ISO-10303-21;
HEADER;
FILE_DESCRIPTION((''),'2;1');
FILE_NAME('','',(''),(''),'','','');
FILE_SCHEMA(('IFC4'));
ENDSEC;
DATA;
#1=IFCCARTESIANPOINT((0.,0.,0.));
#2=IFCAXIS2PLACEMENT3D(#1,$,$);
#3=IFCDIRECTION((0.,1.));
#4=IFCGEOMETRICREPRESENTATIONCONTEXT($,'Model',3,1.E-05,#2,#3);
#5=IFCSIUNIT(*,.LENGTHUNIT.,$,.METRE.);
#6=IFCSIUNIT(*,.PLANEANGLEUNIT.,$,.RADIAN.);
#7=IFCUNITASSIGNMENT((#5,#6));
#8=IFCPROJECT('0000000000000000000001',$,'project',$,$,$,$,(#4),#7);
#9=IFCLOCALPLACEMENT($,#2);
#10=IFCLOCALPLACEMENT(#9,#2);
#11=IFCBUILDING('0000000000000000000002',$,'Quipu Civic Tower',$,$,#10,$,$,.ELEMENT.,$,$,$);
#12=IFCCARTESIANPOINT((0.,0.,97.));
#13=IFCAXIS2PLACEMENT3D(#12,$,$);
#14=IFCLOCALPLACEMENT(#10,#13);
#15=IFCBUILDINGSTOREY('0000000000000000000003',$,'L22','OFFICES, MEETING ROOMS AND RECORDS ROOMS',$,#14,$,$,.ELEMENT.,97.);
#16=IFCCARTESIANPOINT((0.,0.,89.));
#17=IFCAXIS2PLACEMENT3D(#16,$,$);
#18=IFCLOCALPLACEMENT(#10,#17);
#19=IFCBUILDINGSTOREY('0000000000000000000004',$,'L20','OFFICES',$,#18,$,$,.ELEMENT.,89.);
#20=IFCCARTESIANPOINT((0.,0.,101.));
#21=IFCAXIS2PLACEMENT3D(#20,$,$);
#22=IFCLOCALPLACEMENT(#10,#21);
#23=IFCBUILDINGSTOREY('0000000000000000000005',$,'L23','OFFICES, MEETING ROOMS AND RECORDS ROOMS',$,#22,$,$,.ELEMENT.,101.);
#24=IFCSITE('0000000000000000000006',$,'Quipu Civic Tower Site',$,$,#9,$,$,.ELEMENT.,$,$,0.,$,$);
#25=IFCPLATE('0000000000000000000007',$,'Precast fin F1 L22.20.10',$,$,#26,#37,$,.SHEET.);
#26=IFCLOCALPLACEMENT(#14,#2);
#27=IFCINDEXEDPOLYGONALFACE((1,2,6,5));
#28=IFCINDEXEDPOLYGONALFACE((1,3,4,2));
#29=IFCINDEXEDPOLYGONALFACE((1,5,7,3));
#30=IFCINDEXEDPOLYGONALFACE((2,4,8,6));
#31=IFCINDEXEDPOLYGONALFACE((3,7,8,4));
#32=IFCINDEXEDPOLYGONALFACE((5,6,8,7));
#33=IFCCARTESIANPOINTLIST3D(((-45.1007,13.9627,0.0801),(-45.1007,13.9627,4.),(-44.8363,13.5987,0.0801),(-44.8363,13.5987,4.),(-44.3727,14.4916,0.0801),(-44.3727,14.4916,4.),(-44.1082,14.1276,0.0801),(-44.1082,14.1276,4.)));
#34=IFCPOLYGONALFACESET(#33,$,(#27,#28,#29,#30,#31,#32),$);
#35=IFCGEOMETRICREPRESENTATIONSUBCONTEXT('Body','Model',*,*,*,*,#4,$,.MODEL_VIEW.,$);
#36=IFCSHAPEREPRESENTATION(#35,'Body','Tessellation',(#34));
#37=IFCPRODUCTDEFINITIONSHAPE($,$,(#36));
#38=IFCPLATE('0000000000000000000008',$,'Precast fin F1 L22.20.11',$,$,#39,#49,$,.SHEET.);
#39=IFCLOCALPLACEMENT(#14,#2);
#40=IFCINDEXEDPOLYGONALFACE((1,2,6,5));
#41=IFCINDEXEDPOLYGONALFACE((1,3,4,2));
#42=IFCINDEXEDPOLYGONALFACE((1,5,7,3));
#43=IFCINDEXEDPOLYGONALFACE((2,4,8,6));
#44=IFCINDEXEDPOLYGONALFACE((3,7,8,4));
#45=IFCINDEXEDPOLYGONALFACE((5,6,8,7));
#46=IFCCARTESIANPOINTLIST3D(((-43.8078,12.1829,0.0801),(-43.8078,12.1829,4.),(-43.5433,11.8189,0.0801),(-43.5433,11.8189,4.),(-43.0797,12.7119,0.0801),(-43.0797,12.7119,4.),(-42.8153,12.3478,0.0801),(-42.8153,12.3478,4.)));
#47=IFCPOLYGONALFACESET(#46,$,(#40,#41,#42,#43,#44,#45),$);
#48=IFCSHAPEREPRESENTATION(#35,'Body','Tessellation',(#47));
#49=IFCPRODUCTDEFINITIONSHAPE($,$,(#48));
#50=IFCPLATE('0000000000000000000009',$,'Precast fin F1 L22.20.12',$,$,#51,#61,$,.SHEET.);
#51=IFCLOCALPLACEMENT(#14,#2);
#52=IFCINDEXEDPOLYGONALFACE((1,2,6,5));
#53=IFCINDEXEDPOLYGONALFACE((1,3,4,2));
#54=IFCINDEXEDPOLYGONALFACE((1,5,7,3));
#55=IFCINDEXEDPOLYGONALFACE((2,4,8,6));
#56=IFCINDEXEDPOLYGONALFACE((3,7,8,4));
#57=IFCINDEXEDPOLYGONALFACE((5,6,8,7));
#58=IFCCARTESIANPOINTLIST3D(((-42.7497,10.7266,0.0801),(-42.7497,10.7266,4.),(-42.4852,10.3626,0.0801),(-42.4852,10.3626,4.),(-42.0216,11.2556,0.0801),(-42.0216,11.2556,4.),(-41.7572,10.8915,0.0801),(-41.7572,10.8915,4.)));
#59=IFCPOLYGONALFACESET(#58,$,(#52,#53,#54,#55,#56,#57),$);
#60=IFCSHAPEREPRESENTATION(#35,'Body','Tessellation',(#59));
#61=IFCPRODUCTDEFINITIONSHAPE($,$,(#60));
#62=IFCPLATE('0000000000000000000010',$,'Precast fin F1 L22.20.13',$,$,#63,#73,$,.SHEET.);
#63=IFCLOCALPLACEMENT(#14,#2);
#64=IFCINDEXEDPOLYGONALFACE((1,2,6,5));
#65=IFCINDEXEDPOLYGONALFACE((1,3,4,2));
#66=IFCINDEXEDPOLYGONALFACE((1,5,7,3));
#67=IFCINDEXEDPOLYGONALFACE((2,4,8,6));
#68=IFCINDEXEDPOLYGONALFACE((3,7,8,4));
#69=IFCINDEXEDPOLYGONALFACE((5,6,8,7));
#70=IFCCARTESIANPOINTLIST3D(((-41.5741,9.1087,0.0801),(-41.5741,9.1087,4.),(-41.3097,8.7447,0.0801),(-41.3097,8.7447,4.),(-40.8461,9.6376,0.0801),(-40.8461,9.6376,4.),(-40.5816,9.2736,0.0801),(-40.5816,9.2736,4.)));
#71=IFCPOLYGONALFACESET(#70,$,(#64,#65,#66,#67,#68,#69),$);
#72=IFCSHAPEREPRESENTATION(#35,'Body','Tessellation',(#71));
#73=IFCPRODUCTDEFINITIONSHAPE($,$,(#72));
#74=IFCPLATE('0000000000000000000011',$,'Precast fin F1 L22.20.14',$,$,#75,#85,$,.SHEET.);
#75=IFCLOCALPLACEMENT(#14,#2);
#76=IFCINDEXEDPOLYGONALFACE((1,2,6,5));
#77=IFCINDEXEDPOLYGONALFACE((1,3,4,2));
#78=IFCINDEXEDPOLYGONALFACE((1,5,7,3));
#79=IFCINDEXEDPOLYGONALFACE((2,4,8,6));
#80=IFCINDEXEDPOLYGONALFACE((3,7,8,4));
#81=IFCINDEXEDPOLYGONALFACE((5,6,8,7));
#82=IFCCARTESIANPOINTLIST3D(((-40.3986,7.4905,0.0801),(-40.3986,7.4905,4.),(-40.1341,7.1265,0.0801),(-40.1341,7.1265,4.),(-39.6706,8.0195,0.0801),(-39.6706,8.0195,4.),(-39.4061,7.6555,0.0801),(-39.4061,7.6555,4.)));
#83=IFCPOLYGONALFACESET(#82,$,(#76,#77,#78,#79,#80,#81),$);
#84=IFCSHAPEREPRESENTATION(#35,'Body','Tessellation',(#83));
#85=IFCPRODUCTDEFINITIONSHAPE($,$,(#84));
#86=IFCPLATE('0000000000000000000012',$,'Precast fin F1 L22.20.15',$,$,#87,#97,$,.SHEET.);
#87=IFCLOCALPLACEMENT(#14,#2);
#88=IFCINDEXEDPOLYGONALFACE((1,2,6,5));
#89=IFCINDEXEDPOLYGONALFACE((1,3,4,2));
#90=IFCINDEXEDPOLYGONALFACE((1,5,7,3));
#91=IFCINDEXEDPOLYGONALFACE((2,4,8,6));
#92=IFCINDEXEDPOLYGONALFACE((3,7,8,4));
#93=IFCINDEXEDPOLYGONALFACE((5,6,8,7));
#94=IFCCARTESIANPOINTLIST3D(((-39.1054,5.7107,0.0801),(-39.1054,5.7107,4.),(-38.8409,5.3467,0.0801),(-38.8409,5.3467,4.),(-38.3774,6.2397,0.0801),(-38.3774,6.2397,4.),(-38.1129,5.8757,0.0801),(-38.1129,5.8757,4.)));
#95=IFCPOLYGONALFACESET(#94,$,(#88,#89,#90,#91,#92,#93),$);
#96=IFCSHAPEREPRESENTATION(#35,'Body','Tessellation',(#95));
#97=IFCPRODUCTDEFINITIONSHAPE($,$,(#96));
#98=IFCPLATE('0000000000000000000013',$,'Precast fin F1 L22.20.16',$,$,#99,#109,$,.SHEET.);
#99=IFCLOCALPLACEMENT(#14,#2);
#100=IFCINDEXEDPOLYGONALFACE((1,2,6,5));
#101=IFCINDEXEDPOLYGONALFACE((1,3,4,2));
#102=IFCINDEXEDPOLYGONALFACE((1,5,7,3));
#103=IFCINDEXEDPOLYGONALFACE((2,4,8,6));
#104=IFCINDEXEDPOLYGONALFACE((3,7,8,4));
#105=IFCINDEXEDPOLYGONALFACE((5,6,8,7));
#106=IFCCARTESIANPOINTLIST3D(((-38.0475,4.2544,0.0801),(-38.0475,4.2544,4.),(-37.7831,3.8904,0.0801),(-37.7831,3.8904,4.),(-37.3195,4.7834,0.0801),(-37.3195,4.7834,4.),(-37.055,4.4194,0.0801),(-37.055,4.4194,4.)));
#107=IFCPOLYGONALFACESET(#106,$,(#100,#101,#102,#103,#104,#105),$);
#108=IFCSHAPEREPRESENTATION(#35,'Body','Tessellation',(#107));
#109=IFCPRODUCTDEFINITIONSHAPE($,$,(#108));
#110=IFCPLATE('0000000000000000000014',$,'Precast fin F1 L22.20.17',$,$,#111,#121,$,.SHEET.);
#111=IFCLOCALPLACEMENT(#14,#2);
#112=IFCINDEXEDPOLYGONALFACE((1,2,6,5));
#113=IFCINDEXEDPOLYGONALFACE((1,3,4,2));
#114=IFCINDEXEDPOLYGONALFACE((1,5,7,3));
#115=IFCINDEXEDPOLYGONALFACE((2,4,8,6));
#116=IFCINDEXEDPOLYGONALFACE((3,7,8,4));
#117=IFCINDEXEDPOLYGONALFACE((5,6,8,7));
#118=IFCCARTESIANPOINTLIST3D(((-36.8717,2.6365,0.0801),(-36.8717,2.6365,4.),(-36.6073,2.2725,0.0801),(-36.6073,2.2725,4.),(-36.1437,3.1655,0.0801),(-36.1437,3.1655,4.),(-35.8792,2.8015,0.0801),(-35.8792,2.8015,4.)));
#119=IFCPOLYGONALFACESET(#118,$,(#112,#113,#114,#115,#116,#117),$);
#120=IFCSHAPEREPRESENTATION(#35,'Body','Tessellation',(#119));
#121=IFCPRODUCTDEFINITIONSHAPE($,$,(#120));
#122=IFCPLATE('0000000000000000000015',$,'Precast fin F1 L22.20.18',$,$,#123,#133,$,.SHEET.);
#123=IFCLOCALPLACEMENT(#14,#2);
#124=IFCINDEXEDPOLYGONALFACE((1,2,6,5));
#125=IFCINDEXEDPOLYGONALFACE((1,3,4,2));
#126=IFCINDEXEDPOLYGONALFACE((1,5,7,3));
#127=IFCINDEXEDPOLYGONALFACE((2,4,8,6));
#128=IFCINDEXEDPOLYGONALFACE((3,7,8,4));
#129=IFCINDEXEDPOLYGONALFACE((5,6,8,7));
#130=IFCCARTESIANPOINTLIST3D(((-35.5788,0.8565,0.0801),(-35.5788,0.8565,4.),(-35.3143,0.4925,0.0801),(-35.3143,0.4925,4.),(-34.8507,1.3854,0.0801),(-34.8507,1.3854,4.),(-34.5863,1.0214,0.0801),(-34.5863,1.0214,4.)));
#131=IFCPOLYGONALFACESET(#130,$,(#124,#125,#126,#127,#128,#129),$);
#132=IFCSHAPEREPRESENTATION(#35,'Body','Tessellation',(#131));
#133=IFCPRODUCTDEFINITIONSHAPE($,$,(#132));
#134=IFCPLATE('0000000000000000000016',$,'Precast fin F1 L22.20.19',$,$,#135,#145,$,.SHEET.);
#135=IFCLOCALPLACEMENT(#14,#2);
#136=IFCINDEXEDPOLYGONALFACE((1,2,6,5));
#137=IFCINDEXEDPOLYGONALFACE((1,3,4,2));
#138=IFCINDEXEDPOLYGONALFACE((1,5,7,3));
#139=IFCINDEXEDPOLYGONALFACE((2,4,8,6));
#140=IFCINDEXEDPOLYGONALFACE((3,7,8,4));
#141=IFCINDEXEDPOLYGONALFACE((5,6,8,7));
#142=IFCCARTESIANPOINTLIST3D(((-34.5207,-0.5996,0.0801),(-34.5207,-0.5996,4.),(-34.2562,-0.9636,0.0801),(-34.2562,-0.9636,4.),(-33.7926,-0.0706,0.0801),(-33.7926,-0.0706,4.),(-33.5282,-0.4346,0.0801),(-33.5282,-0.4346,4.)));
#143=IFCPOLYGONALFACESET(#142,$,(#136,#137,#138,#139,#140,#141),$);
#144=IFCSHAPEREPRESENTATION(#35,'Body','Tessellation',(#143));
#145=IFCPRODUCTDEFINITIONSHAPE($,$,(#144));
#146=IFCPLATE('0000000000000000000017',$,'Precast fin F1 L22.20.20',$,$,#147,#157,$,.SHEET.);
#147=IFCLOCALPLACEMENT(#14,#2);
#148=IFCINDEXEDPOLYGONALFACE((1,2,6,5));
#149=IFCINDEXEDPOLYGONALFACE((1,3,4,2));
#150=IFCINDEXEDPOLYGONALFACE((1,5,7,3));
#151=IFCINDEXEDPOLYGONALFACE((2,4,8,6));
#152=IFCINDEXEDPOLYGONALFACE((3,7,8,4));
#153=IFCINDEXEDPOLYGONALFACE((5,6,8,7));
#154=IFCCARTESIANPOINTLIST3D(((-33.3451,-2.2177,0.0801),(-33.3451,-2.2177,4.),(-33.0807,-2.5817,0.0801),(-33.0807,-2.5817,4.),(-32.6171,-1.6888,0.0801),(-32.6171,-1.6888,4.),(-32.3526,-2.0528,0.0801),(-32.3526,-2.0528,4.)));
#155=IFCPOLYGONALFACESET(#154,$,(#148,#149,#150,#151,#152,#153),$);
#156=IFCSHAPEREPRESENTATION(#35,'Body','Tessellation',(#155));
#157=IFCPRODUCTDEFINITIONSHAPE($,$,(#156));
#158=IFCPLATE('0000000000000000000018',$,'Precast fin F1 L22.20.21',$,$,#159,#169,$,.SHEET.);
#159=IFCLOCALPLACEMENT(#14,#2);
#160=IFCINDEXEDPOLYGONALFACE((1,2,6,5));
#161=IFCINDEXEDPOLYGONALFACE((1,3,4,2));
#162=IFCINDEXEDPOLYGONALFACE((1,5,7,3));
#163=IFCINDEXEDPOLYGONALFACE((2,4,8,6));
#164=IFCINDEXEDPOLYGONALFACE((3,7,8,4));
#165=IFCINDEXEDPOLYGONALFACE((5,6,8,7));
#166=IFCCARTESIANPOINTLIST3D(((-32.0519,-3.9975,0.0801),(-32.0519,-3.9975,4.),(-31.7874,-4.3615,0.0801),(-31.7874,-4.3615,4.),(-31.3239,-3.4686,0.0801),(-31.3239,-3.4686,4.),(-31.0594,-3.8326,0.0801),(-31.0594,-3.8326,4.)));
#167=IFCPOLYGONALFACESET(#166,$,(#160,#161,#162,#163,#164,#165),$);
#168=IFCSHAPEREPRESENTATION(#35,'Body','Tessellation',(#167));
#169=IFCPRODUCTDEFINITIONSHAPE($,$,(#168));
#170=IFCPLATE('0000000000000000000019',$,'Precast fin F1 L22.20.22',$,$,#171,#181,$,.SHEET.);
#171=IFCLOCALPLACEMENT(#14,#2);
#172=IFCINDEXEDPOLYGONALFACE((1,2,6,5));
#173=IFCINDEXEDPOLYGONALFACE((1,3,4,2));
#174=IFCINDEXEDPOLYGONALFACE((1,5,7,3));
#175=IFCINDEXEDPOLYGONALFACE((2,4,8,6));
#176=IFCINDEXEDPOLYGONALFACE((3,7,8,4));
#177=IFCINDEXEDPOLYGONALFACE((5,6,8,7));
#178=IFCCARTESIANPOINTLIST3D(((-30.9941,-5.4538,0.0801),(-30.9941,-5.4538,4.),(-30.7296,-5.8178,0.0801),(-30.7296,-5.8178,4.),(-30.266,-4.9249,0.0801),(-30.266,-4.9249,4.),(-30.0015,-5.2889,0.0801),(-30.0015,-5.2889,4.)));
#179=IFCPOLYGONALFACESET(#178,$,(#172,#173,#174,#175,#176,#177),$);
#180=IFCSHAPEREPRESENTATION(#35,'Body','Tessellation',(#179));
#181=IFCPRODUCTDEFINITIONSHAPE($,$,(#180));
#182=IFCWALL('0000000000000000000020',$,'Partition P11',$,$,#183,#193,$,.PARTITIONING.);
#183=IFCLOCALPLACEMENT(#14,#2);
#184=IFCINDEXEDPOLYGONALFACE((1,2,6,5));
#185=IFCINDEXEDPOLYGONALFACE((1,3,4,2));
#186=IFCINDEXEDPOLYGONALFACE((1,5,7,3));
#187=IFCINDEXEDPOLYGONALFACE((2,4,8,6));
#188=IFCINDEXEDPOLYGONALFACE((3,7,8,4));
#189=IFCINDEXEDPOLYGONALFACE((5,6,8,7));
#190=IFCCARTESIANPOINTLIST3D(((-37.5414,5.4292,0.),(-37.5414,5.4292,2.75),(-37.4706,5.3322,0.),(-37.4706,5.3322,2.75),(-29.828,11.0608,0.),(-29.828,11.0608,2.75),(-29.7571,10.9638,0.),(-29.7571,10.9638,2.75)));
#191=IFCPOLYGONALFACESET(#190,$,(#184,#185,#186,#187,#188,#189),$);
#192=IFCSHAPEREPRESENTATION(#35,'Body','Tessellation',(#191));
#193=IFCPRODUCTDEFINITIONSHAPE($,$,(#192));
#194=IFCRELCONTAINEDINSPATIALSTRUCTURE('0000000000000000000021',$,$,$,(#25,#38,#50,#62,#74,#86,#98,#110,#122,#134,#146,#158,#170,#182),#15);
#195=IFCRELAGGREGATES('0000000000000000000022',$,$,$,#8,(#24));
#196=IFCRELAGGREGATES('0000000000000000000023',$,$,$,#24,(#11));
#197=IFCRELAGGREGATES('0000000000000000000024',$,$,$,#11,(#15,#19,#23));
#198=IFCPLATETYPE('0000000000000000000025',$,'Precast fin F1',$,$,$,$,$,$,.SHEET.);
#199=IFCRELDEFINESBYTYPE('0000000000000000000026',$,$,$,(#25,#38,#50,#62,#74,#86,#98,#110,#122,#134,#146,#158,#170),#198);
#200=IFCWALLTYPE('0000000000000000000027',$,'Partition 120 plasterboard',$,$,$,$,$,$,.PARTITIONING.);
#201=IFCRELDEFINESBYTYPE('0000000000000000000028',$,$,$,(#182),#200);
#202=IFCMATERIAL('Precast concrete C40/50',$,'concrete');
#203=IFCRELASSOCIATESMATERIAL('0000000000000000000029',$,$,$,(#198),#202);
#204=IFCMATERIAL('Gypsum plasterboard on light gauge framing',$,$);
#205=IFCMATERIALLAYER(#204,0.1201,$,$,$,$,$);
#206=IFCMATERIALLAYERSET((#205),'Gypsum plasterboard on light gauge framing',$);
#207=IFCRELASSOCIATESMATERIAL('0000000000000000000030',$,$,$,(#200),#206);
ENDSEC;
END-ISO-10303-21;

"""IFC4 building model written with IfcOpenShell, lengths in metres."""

from ifc_helpers import new_model, si_unit, direction, frame, frame_2d, origin, origin_2d, place, context, subcontext, project, spatial, rectangle, extrude, material, layer, layer_set, type_object, element, save


model = new_model("IFC4")

# Units and contexts
model_context = context("Model", 3, precision=1e-05, world=origin(), true_north=direction((0.0, 1.0)))
body_context = subcontext(model_context, "Body", "Model", "MODEL_VIEW")
ifc_project = project(units=[si_unit("LENGTHUNIT", "METRE"), si_unit("PLANEANGLEUNIT", "RADIAN")], contexts=[model_context])

# Site, building, storey
site_placement = place(None, origin())
site = spatial("IfcSite", under=ifc_project, at=site_placement, Name="Quipu Civic Tower Site", CompositionType="ELEMENT", RefElevation=0.0)
building_placement = place(site_placement, origin())
building = spatial("IfcBuilding", under=site, at=building_placement, Name="Quipu Civic Tower", CompositionType="ELEMENT")
storey_1_placement = place(building_placement, frame((0.0, 0.0, 97.0)))
storey_1 = spatial("IfcBuildingStorey", under=building, at=storey_1_placement, Name="L22", Description="OFFICES, MEETING ROOMS AND RECORDS ROOMS", CompositionType="ELEMENT", Elevation=97.0)

# Shared definitions
storey_2_placement = place(building_placement, frame((0.0, 0.0, 89.0)))
storey_2 = spatial("IfcBuildingStorey", under=building, at=storey_2_placement, Name="L20", Description="OFFICES", CompositionType="ELEMENT", Elevation=89.0)

# Shared definitions
storey_3_placement = place(building_placement, frame((0.0, 0.0, 101.0)))
storey_3 = spatial("IfcBuildingStorey", under=building, at=storey_3_placement, Name="L23", Description="OFFICES, MEETING ROOMS AND RECORDS ROOMS", CompositionType="ELEMENT", Elevation=101.0)

# Plates
ifc_material_1 = material(Name="Precast concrete C40/50", Category="concrete")
plate_type_1 = type_object("IfcPlateType", Name="Precast fin F1", PredefinedType="SHEET", material=ifc_material_1)
for number, where, z_axis, x_axis, name in (
    (1, (-44.6045, 14.0452, 0.0801), (0.0, 0.0, 1.0), (0.587786, -0.809017, 0.0), "Precast fin F1 L22.20.10"),
    (2, (-43.3115, 12.2654, 0.0801), (0.0, 0.0, 1.0), (0.587786, -0.809017, 0.0), "Precast fin F1 L22.20.11"),
    (3, (-42.2534, 10.8091, 0.0801), (0.0, 0.0, 1.0), (0.587786, -0.809017, 0.0), "Precast fin F1 L22.20.12"),
    (4, (-41.0779, 9.1912, 0.0801), (0.0, 0.0, 1.0), (0.587786, -0.809017, 0.0), "Precast fin F1 L22.20.13"),
    (5, (-39.9023, 7.573, 0.0801), (0.0, 0.0, 1.0), (0.587786, -0.809017, 0.0), "Precast fin F1 L22.20.14"),
    (6, (-38.6091, 5.7932, 0.0801), (0.0, 0.0, 1.0), (0.587786, -0.809017, 0.0), "Precast fin F1 L22.20.15"),
    (7, (-37.5513, 4.3369, 0.0801), (0.0, 0.0, 1.0), (0.587786, -0.809017, 0.0), "Precast fin F1 L22.20.16"),
    (8, (-36.3755, 2.719, 0.0801), (0.0, 0.0, 1.0), (0.587786, -0.809017, 0.0), "Precast fin F1 L22.20.17"),
    (9, (-35.0825, 0.939, 0.0801), (0.0, 0.0, 1.0), (0.587786, -0.809017, 0.0), "Precast fin F1 L22.20.18"),
    (10, (-34.0244, -0.5171, 0.0801), (0.0, 0.0, 1.0), (0.587786, -0.809017, 0.0), "Precast fin F1 L22.20.19"),
    (11, (-32.8489, -2.1353, 0.0801), (0.0, 0.0, 1.0), (0.587786, -0.809017, 0.0), "Precast fin F1 L22.20.20"),
    (12, (-31.5557, -3.915, 0.0801), (0.0, 0.0, 1.0), (0.587786, -0.809017, 0.0), "Precast fin F1 L22.20.21"),
    (13, (-30.4978, -5.3713, 0.0801), (0.0, 0.0, 1.0), (0.587786, -0.809017, 0.0), "Precast fin F1 L22.20.22"),
):
    element("IfcPlate", number, at=place(storey_1_placement, frame(where, z_axis=z_axis, x_axis=x_axis)), inside=storey_1, type_object=plate_type_1, Name=name, PredefinedType="SHEET", context=body_context, shape_type="SweptSolid", body=[
        extrude(rectangle(XDim=0.45, YDim=0.8999, at=origin_2d()), origin(), (0.0, 0.0, 1.0), 3.9199),
    ])

# Wall
ifc_material_2 = material(Name="Gypsum plasterboard on light gauge framing")
ifc_layer_1 = layer(ifc_material_2, 0.1201)
ifc_layer_set_1 = layer_set([ifc_layer_1], Name="Gypsum plasterboard on light gauge framing")
wall_type = type_object("IfcWallType", Name="Partition 120 plasterboard", PredefinedType="PARTITIONING", material=ifc_layer_set_1)
wall_placement = place(storey_1_placement, frame((-37.5061, 5.3806, 0.0), z_axis=(0.0, 0.0, 1.0), x_axis=(0.807646, 0.589668, 0.0)))
element("IfcWall", 14, at=wall_placement, inside=storey_1, type_object=wall_type, Name="Partition P11", PredefinedType="PARTITIONING", context=body_context, shape_type="SweptSolid", body=[
    extrude(rectangle(XDim=9.5505, YDim=0.1201, at=frame_2d((4.7754, 0.0))), origin(), (0.0, 0.0, 1.0), 2.75),
])

save(model, "model.ifc")
